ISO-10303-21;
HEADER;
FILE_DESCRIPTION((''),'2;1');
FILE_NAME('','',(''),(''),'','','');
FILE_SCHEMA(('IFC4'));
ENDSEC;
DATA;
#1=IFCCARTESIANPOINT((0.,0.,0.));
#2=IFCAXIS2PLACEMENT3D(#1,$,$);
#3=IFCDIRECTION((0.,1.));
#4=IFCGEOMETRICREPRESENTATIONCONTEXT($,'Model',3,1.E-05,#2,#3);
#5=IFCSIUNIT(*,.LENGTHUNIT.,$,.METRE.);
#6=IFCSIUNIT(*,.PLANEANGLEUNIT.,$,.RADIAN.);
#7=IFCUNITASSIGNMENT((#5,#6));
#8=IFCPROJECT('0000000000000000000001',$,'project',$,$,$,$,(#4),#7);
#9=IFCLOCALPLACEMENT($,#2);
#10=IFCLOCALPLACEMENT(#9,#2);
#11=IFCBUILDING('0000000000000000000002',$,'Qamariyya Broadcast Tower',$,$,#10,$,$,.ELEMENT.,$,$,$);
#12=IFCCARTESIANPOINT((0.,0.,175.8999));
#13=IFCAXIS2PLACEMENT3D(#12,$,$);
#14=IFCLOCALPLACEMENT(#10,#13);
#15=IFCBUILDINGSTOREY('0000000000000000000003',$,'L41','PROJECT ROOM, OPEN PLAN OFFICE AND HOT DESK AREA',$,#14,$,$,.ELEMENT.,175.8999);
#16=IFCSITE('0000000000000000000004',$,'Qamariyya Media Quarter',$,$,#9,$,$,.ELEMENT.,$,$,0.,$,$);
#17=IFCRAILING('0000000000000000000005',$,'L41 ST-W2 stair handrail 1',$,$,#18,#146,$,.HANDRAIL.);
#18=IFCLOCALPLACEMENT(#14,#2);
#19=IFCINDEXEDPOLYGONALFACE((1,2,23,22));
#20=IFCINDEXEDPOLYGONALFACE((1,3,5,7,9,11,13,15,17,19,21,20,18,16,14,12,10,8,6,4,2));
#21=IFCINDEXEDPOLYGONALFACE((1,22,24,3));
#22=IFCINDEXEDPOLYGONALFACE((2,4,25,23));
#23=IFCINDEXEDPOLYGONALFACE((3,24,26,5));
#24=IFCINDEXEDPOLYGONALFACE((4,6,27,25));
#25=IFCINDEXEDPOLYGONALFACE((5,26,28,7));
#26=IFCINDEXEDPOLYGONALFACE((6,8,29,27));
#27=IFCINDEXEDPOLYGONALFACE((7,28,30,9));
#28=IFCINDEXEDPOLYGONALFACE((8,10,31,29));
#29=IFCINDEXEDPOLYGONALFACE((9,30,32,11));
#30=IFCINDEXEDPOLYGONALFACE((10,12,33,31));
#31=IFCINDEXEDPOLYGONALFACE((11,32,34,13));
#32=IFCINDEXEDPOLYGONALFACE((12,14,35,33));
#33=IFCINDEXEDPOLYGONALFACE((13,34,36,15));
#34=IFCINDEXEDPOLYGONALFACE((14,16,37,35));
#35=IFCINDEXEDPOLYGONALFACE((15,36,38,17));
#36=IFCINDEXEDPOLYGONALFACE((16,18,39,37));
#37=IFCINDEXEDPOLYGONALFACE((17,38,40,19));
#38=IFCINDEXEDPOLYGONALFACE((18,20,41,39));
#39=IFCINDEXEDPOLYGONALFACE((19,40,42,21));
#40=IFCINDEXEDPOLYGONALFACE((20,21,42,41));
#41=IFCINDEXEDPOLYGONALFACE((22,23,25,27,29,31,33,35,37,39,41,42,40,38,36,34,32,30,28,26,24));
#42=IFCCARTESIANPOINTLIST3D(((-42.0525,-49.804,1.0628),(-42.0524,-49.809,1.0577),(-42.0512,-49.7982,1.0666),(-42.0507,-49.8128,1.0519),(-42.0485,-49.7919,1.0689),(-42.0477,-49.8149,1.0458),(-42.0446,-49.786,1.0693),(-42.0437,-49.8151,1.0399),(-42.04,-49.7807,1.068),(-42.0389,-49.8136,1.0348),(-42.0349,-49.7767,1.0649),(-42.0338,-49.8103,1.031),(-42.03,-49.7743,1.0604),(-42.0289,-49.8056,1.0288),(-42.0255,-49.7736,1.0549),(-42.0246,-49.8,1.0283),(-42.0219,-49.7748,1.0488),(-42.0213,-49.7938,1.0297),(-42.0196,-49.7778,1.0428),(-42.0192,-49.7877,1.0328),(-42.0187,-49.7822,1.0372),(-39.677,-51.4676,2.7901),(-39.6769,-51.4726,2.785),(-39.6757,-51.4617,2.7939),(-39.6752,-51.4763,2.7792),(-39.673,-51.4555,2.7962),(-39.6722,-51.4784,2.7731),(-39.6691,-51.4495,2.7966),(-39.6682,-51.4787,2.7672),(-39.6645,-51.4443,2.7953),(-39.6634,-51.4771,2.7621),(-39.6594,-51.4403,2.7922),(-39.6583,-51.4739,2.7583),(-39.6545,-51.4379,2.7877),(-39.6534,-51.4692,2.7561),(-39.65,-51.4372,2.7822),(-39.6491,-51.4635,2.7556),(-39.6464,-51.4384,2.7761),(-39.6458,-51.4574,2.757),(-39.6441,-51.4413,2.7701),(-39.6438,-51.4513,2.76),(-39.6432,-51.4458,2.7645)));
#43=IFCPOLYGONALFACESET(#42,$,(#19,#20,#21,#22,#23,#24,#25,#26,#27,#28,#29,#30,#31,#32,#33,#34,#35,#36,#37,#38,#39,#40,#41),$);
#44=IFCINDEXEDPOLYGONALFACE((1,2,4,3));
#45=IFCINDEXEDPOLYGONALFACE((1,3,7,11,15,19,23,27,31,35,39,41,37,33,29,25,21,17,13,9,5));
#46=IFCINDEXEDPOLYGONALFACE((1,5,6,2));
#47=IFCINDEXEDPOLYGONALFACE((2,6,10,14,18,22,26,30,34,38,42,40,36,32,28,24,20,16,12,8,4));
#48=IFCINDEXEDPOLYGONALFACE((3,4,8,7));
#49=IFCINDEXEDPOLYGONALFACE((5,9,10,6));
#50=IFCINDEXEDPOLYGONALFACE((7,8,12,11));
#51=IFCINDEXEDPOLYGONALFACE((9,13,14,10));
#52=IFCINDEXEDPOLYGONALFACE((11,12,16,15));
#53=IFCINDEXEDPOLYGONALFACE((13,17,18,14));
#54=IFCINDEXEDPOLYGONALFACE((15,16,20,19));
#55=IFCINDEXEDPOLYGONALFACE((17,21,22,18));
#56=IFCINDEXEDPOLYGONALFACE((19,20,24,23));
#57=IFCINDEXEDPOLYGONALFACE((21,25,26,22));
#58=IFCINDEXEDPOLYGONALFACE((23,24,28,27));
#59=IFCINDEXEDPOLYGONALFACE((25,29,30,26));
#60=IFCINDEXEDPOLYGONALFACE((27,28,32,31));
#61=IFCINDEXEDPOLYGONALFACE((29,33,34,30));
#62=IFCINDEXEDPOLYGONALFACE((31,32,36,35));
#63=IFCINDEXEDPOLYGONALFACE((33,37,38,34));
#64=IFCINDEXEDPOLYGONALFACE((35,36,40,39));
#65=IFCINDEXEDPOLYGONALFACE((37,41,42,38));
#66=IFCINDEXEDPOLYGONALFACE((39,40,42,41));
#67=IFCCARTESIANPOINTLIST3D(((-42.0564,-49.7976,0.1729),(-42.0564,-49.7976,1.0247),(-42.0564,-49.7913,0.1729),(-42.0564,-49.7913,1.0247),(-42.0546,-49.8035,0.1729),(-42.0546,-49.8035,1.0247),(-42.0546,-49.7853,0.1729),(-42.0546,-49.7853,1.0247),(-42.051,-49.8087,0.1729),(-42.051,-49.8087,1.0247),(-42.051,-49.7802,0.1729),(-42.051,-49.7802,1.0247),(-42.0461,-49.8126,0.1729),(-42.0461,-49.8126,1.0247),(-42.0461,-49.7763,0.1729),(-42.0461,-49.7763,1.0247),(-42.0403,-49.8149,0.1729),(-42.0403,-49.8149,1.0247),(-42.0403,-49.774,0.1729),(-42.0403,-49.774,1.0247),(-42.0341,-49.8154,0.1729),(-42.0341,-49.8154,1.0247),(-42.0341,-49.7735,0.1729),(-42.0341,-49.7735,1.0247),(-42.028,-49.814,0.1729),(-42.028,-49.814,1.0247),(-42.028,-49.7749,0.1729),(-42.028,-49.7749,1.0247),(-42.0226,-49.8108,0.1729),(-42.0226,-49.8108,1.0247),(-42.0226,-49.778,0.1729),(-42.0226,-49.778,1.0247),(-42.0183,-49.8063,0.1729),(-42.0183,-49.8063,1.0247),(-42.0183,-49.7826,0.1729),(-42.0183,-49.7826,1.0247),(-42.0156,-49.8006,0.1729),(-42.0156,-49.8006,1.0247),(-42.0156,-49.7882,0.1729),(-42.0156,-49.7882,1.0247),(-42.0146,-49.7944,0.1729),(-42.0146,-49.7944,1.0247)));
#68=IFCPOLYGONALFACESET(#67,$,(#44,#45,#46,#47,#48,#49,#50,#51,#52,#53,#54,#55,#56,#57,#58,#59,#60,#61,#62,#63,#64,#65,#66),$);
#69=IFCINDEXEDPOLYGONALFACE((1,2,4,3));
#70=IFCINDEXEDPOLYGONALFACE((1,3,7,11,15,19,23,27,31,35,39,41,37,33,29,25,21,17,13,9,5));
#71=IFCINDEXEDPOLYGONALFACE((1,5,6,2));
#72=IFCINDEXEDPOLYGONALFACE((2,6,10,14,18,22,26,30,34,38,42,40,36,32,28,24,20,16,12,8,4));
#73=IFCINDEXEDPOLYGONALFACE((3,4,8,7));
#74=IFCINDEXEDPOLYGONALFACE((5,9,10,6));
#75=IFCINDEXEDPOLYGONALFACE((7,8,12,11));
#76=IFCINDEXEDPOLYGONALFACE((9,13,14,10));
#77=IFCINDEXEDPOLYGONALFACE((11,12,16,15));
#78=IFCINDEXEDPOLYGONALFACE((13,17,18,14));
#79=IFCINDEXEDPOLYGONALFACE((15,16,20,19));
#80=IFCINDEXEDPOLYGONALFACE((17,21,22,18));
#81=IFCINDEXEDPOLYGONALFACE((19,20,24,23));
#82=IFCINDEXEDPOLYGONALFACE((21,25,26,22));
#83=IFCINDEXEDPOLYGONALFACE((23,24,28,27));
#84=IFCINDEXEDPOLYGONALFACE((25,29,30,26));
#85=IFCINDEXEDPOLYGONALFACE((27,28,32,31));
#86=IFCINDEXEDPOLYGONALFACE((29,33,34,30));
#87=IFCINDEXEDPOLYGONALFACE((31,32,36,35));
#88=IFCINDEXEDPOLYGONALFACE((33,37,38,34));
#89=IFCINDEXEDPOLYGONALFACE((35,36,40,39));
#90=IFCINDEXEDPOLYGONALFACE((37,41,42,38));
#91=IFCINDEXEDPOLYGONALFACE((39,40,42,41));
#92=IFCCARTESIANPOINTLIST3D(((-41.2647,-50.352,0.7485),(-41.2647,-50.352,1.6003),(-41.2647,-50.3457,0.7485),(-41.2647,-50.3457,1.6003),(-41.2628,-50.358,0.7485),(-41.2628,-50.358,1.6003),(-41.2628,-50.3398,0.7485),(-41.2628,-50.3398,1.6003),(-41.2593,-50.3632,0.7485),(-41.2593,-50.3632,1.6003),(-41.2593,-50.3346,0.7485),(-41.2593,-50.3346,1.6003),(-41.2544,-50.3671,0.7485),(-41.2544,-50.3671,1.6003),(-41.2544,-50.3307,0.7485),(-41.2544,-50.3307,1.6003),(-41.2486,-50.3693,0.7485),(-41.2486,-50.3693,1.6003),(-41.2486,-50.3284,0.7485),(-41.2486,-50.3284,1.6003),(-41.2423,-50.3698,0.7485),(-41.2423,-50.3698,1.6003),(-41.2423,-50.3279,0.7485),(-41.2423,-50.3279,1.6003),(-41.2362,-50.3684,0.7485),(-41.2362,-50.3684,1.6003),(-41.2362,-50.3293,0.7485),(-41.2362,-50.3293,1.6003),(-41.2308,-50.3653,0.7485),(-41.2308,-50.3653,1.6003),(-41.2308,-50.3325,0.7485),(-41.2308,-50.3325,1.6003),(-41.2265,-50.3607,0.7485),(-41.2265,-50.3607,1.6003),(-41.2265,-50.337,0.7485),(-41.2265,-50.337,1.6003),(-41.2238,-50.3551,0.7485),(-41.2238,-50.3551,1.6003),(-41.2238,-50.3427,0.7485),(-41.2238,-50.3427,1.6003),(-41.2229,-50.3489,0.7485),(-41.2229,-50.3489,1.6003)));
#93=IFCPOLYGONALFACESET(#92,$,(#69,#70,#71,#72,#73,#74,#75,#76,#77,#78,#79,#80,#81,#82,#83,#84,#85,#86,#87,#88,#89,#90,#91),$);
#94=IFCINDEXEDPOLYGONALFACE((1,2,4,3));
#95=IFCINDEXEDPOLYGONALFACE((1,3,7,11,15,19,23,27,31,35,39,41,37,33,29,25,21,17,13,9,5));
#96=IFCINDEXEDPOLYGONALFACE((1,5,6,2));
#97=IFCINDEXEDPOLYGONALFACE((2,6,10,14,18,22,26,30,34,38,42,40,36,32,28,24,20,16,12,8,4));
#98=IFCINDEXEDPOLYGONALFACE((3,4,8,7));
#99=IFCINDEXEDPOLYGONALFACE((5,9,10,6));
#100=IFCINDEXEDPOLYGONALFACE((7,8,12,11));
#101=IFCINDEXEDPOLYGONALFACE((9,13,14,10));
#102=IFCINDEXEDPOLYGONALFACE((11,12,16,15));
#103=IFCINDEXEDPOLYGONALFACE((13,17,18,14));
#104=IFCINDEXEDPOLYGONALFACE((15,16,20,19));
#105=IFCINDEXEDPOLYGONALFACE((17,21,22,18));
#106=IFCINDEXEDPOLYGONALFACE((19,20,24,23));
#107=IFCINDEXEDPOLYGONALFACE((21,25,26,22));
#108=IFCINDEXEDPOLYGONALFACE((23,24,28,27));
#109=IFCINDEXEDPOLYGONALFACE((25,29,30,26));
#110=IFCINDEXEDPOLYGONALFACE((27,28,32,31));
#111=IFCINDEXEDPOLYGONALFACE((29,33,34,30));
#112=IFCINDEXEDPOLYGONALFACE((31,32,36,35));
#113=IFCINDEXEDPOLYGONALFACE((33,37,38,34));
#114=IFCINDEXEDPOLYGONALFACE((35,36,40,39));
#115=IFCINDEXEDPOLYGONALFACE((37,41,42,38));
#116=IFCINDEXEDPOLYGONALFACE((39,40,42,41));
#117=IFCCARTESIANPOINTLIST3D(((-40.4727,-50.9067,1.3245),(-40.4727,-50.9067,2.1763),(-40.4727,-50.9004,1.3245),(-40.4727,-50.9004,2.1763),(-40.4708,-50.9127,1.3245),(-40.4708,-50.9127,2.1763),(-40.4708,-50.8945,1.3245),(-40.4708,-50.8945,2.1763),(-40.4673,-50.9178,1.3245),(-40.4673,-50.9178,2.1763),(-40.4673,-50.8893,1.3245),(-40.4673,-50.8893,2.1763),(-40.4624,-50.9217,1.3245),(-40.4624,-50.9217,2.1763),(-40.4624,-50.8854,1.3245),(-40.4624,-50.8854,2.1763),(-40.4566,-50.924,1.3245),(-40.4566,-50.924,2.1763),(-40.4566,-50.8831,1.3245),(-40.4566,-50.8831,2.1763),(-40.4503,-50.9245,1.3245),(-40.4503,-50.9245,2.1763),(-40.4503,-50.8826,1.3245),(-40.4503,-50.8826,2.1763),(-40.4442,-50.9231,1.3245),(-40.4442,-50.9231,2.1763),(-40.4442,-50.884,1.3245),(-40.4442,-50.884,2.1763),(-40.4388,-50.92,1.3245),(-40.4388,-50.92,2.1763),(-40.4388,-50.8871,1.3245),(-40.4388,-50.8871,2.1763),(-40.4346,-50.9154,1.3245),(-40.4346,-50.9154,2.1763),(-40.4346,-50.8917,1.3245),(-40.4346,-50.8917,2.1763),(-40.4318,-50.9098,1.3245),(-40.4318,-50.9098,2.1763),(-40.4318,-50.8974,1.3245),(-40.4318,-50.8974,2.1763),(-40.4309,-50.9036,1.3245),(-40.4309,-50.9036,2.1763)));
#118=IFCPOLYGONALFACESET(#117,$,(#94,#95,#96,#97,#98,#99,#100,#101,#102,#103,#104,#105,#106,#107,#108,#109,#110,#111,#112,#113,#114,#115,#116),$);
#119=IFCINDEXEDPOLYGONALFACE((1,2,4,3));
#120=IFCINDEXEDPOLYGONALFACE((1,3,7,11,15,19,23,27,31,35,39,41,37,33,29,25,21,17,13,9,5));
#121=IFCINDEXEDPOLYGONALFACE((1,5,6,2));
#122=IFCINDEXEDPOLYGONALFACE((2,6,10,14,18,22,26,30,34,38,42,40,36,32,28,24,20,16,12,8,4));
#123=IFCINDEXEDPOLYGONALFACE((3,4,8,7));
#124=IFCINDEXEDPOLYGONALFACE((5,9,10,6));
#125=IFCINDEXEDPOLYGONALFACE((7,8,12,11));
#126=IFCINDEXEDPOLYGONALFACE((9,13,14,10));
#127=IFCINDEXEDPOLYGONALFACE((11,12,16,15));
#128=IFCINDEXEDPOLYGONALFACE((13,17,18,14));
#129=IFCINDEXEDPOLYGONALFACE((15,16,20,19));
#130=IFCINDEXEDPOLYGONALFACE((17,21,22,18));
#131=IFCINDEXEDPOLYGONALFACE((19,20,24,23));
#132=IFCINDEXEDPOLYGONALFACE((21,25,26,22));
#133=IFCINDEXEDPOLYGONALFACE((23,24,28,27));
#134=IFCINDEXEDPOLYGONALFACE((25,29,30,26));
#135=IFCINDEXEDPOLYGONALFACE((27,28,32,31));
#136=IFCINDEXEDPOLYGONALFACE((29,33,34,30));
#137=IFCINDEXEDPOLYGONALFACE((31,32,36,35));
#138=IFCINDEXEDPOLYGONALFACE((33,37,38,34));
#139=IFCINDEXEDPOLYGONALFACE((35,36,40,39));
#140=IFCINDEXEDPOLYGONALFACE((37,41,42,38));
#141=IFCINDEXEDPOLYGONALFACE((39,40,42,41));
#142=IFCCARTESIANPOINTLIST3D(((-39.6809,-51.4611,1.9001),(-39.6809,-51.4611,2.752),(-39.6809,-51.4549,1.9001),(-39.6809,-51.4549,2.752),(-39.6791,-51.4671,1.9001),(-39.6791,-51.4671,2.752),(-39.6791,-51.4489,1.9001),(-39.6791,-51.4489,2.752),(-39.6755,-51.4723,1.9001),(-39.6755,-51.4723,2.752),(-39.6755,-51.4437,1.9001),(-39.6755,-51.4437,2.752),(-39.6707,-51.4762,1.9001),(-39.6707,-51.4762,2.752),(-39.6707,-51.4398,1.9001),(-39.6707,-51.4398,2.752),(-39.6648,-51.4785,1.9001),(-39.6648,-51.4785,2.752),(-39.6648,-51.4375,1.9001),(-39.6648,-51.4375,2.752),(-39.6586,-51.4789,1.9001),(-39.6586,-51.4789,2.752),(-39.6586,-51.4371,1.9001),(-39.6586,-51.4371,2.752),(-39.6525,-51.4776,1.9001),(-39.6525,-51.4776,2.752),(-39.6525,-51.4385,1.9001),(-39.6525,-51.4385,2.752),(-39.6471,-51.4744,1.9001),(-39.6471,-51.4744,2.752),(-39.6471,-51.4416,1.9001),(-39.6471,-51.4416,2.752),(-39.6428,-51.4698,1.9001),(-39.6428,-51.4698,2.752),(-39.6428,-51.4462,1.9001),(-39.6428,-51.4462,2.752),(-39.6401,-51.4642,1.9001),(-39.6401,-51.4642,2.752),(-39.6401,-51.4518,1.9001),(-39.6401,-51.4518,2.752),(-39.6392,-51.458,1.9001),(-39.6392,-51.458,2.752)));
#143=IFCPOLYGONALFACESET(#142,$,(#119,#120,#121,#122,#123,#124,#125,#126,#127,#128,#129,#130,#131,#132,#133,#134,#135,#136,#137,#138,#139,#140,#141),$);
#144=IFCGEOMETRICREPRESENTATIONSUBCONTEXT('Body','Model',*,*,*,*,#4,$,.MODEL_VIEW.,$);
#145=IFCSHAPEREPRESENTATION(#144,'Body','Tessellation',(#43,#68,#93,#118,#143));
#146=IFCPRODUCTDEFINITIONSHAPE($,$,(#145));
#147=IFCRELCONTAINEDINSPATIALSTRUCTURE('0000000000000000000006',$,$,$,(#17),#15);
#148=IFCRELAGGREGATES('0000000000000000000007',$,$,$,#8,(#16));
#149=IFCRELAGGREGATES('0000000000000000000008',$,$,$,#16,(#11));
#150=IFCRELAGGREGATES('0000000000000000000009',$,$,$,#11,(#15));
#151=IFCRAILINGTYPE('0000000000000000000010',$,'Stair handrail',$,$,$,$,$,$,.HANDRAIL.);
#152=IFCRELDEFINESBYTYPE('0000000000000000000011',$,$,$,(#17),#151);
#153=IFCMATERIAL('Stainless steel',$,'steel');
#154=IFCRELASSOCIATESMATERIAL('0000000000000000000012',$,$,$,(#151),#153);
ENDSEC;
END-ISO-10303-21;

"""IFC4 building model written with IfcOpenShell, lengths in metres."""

from ifc_helpers import new_model, si_unit, direction, frame, origin, origin_2d, place, context, subcontext, project, spatial, circle, extrude, material, type_object, element, save


model = new_model("IFC4")

# Units and contexts
model_context = context("Model", 3, precision=1e-05, world=origin(), true_north=direction((0.0, 1.0)))
body_context = subcontext(model_context, "Body", "Model", "MODEL_VIEW")
ifc_project = project(units=[si_unit("LENGTHUNIT", "METRE"), si_unit("PLANEANGLEUNIT", "RADIAN")], contexts=[model_context])

# Site, building, storey
site_placement = place(None, origin())
site = spatial("IfcSite", under=ifc_project, at=site_placement, Name="Qamariyya Media Quarter", CompositionType="ELEMENT", RefElevation=0.0)
building_placement = place(site_placement, origin())
building = spatial("IfcBuilding", under=site, at=building_placement, Name="Qamariyya Broadcast Tower", CompositionType="ELEMENT")
storey_placement = place(building_placement, frame((0.0, 0.0, 175.8999)))
storey = spatial("IfcBuildingStorey", under=building, at=storey_placement, Name="L41", Description="PROJECT ROOM, OPEN PLAN OFFICE AND HOT DESK AREA", CompositionType="ELEMENT", Elevation=175.8999)

# Railing
ifc_material_1 = material(Name="Stainless steel", Category="steel")
railing_type_1 = type_object("IfcRailingType", Name="Stair handrail", PredefinedType="HANDRAIL", material=ifc_material_1)
railing_1_placement = place(storey_placement, frame((-42.0356, -49.7944, 0.1729)))
element("IfcRailing", 1, at=railing_1_placement, inside=storey, type_object=railing_type_1, Name="L41 ST-W2 stair handrail 1", PredefinedType="HANDRAIL", context=body_context, shape_type="SweptSolid", body=[
    extrude(circle(Radius=0.0239, at=origin_2d()), frame((0.0, 0.0, 0.876), z_axis=(0.703745, -0.492838, 0.511716), x_axis=(0.573632, 0.819113, 0.0)), (0.0, 0.0, 1.0), 3.3755),
    extrude(circle(Radius=0.021, at=origin_2d()), origin(), (0.0, 0.0, 1.0), 0.8518),
    extrude(circle(Radius=0.021, at=origin_2d()), frame((0.7917, -0.5544, 0.5757)), (0.0, 0.0, 1.0), 0.8518),
    extrude(circle(Radius=0.021, at=origin_2d()), frame((1.5837, -1.1091, 1.1516)), (0.0, 0.0, 1.0), 0.8518),
    extrude(circle(Radius=0.021, at=origin_2d()), frame((2.3755, -1.6636, 1.7273)), (0.0, 0.0, 1.0), 0.8518),
])

save(model, "model.ifc")
